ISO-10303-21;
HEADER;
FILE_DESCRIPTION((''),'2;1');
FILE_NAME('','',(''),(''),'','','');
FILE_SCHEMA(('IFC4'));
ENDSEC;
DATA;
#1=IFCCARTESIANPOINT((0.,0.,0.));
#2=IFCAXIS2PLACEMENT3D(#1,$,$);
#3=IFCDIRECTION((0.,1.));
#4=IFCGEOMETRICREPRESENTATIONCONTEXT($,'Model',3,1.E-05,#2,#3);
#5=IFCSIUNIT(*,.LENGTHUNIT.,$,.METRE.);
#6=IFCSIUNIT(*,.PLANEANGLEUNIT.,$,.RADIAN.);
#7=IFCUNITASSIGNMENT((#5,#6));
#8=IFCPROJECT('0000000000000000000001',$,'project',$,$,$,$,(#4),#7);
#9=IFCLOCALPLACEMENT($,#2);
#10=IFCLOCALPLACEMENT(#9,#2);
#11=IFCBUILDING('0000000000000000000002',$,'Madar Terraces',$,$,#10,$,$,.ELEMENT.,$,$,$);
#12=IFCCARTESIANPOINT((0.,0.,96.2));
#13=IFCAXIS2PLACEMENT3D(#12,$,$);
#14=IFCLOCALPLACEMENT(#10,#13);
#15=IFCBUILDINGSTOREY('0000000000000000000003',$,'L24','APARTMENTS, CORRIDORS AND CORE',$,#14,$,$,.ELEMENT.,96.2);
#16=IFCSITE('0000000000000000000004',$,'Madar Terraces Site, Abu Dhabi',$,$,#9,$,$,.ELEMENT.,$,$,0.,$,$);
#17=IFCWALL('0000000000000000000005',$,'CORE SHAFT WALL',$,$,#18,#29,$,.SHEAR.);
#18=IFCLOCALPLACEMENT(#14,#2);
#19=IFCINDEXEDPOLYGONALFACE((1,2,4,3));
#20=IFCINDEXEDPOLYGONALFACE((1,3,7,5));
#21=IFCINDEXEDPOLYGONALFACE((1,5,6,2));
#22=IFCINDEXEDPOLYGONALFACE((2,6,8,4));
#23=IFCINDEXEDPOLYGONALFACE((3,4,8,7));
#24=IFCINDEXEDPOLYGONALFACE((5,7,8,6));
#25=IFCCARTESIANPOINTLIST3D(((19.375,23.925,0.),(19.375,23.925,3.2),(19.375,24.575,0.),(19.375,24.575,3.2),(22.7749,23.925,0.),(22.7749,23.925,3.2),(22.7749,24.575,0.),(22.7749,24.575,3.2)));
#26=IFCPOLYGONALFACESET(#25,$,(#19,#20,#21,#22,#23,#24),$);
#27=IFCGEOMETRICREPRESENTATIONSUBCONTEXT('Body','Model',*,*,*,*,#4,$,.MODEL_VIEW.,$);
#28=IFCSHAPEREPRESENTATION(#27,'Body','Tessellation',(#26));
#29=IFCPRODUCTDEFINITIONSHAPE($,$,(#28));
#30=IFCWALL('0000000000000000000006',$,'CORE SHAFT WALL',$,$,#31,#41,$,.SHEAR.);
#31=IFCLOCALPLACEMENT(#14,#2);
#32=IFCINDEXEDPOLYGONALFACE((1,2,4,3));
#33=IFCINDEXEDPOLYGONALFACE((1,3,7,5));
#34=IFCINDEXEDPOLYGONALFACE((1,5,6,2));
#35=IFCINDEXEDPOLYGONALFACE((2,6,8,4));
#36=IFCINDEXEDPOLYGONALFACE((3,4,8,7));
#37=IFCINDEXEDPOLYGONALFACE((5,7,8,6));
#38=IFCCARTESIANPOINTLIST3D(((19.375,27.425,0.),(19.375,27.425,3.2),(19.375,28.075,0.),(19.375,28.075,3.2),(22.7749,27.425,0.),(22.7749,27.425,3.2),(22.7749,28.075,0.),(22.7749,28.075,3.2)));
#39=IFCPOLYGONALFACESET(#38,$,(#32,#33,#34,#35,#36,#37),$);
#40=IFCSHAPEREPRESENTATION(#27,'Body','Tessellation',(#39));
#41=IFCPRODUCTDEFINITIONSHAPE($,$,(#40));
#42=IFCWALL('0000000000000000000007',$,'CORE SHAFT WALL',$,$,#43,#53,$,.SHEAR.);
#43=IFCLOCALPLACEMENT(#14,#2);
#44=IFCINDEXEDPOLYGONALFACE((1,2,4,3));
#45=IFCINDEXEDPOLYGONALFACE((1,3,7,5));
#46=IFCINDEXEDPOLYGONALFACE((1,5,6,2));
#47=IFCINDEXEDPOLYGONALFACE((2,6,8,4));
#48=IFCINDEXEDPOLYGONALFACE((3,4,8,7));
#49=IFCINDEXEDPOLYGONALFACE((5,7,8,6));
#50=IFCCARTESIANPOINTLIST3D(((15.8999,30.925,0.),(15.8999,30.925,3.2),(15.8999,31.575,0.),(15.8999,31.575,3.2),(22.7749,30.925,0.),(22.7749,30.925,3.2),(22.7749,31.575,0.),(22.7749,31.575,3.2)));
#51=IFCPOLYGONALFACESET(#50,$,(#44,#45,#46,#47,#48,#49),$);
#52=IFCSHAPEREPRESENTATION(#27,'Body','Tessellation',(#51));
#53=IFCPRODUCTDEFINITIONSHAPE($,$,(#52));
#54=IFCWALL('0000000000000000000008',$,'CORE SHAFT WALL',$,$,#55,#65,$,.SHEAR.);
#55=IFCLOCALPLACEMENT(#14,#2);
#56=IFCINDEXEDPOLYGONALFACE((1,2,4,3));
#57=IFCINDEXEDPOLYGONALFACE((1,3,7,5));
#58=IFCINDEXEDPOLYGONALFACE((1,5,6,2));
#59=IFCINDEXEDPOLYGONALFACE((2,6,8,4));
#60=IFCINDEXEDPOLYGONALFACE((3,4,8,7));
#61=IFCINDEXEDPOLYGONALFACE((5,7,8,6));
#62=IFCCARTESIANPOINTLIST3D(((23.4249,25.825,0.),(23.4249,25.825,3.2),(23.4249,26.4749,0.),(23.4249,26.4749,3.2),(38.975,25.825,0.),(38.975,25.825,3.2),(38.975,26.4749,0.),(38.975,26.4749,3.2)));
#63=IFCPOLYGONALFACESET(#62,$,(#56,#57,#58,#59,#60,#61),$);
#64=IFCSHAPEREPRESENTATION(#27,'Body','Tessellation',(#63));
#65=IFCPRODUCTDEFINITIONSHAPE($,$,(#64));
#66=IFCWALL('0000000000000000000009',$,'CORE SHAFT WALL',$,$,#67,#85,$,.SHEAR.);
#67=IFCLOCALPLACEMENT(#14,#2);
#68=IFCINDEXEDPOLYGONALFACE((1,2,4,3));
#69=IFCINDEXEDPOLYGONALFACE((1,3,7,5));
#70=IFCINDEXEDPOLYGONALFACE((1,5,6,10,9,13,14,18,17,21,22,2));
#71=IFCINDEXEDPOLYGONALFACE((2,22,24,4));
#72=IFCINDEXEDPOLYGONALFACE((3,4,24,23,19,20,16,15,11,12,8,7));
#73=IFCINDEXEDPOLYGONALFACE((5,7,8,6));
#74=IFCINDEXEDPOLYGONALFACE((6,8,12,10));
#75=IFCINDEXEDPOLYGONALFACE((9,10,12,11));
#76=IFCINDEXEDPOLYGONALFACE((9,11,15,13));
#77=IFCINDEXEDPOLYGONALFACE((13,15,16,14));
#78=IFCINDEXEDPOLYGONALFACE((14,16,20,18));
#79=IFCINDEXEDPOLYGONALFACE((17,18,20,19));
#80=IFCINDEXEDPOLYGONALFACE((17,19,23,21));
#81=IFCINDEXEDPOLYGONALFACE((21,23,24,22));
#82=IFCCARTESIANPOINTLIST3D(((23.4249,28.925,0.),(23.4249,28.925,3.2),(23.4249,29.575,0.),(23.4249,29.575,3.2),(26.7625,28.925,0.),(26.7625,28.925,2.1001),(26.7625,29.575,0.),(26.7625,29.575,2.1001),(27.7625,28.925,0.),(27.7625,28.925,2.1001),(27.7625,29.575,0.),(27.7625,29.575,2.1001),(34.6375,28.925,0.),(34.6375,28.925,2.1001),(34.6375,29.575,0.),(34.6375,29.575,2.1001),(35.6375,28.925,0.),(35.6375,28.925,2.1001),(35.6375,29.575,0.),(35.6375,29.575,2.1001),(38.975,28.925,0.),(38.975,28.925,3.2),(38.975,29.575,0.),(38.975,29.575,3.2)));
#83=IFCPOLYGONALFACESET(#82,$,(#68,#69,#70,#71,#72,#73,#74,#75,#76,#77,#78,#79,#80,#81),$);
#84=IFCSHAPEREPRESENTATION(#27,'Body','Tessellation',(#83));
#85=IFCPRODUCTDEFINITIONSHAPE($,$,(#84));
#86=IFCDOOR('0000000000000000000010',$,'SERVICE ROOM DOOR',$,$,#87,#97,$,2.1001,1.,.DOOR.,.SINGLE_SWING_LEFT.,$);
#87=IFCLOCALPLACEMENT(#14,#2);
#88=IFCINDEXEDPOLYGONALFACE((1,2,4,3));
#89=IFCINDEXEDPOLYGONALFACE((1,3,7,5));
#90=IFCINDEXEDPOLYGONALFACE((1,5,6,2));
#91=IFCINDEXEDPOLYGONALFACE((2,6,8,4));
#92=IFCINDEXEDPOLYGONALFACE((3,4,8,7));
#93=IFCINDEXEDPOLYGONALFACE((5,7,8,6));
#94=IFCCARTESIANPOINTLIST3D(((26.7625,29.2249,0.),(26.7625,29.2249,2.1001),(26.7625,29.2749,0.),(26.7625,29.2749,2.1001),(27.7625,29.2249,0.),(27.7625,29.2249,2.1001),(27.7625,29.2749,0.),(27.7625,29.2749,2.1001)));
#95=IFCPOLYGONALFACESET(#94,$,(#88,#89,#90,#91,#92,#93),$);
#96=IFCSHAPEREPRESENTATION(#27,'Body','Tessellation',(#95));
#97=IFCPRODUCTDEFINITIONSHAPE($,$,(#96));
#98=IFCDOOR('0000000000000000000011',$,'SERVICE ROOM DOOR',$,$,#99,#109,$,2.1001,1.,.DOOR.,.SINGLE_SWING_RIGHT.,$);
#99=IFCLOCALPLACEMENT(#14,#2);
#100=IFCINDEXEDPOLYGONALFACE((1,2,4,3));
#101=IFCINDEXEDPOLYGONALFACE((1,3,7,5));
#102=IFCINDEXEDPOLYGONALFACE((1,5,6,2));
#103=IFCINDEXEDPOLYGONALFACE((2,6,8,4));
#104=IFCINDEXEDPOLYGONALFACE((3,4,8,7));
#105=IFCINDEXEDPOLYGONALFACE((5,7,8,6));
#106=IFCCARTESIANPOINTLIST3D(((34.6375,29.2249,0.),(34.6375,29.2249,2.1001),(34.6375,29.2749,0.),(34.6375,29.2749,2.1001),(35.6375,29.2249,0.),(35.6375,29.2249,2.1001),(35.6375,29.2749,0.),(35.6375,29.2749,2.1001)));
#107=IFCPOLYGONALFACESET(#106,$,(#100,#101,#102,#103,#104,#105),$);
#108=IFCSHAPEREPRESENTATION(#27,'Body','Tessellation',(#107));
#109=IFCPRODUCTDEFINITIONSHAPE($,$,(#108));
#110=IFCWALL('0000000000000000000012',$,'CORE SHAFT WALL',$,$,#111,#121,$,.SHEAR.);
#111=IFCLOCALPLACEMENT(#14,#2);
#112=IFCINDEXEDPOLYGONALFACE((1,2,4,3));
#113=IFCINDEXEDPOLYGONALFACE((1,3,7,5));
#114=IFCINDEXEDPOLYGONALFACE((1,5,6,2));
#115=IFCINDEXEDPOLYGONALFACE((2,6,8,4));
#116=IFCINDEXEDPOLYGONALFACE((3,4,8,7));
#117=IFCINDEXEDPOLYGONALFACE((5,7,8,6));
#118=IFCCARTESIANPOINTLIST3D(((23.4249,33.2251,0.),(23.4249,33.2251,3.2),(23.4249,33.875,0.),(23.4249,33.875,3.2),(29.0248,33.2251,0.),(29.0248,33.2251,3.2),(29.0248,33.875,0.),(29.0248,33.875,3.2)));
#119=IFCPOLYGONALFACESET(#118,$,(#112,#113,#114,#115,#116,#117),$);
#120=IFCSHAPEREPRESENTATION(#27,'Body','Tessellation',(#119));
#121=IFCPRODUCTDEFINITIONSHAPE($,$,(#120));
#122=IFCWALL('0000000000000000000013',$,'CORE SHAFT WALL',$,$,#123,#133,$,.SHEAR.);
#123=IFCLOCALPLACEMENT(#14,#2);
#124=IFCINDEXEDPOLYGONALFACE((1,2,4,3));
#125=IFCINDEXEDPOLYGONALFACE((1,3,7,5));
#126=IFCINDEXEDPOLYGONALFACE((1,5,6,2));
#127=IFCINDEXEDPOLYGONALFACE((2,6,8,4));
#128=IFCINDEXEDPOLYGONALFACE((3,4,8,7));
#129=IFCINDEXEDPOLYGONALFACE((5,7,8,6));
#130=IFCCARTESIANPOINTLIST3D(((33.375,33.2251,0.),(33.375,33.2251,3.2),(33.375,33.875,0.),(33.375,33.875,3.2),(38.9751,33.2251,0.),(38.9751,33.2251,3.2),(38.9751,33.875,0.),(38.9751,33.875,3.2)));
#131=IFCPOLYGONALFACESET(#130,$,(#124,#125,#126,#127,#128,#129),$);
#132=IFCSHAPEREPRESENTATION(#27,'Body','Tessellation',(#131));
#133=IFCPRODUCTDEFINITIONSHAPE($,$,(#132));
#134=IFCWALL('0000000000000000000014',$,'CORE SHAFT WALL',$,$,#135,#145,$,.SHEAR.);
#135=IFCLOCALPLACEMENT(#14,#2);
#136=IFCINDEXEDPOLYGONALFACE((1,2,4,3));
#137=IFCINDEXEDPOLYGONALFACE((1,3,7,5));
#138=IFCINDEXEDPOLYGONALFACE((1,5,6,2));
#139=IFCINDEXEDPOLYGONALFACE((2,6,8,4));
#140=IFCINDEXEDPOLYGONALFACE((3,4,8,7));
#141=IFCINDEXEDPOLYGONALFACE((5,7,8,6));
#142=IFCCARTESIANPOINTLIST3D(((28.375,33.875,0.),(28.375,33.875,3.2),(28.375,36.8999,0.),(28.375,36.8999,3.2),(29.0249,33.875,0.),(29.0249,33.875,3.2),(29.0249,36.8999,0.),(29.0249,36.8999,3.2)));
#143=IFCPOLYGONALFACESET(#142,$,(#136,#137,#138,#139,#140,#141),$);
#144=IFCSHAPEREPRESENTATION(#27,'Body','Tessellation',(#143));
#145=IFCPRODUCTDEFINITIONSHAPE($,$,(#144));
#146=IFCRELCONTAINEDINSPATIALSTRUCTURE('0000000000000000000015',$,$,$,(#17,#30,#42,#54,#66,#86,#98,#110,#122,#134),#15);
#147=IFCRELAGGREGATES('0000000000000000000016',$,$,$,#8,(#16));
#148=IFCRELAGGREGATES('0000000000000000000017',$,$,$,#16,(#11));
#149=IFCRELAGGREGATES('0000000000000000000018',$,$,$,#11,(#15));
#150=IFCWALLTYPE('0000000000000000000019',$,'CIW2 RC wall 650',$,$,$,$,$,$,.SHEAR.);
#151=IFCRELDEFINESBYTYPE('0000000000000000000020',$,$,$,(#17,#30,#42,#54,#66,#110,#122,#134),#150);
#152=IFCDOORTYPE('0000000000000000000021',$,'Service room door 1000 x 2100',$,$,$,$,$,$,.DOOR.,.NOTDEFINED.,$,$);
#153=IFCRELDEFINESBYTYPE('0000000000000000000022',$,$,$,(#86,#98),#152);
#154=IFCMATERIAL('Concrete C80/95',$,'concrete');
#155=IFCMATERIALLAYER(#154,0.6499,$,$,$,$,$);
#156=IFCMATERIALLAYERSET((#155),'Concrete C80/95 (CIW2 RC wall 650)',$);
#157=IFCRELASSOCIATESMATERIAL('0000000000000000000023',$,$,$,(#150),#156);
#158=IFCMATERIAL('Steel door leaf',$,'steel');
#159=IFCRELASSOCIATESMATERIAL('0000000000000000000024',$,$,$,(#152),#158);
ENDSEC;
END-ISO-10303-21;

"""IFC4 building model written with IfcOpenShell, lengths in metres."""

from ifc_helpers import new_model, si_unit, direction, frame, frame_2d, origin, place, context, subcontext, project, spatial, rectangle, extrude, material, layer, layer_set, type_object, element, fill, save


model = new_model("IFC4")

# Units and contexts
model_context = context("Model", 3, precision=1e-05, world=origin(), true_north=direction((0.0, 1.0)))
body_context = subcontext(model_context, "Body", "Model", "MODEL_VIEW")
ifc_project = project(units=[si_unit("LENGTHUNIT", "METRE"), si_unit("PLANEANGLEUNIT", "RADIAN")], contexts=[model_context])

# Site, building, storey
site_placement = place(None, origin())
site = spatial("IfcSite", under=ifc_project, at=site_placement, Name="Madar Terraces Site, Abu Dhabi", CompositionType="ELEMENT", RefElevation=0.0)
building_placement = place(site_placement, origin())
building = spatial("IfcBuilding", under=site, at=building_placement, Name="Madar Terraces", CompositionType="ELEMENT")
storey_placement = place(building_placement, frame((0.0, 0.0, 96.2)))
storey = spatial("IfcBuildingStorey", under=building, at=storey_placement, Name="L24", Description="APARTMENTS, CORRIDORS AND CORE", CompositionType="ELEMENT", Elevation=96.2)

# Walls
ifc_material_1 = material(Name="Concrete C80/95", Category="concrete")
ifc_layer_1 = layer(ifc_material_1, 0.6499)
ifc_layer_set_1 = layer_set([ifc_layer_1], Name="Concrete C80/95 (CIW2 RC wall 650)")
wall_type_1 = type_object("IfcWallType", Name="CIW2 RC wall 650", PredefinedType="SHEAR", material=ifc_layer_set_1)
for number, where, z_axis, x_axis, name in (
    (1, (19.375, 24.25, 0.0), (0.0, 0.0, 1.0), (1.0, 0.0, 0.0), "CORE SHAFT WALL"),
    (2, (19.375, 27.75, 0.0), (0.0, 0.0, 1.0), (1.0, 0.0, 0.0), "CORE SHAFT WALL"),
):
    element("IfcWall", number, at=place(storey_placement, frame(where, z_axis=z_axis, x_axis=x_axis)), inside=storey, type_object=wall_type_1, Name=name, PredefinedType="SHEAR", context=body_context, shape_type="SweptSolid", body=[
        extrude(rectangle(XDim=3.3999, YDim=0.6499, at=frame_2d((1.7, 0.0))), origin(), (0.0, 0.0, 1.0), 3.2),
    ])
wall_1_placement = place(storey_placement, frame((15.8999, 31.25, 0.0), z_axis=(0.0, 0.0, 1.0), x_axis=(1.0, 0.0, 0.0)))
element("IfcWall", 3, at=wall_1_placement, inside=storey, type_object=wall_type_1, Name="CORE SHAFT WALL", PredefinedType="SHEAR", context=body_context, shape_type="SweptSolid", body=[
    extrude(rectangle(XDim=6.875, YDim=0.6499, at=frame_2d((3.4375, 0.0))), origin(), (0.0, 0.0, 1.0), 3.2),
])
wall_2_placement = place(storey_placement, frame((23.425, 26.1499, 0.0), z_axis=(0.0, 0.0, 1.0), x_axis=(1.0, 0.0, 0.0)))
element("IfcWall", 4, at=wall_2_placement, inside=storey, type_object=wall_type_1, Name="CORE SHAFT WALL", PredefinedType="SHEAR", context=body_context, shape_type="SweptSolid", body=[
    extrude(rectangle(XDim=15.55, YDim=0.6499, at=frame_2d((7.7749, 0.0))), origin(), (0.0, 0.0, 1.0), 3.2),
])

# Wall, openings, doors
wall_3_placement = place(storey_placement, frame((23.425, 29.25, 0.0), z_axis=(0.0, 0.0, 1.0), x_axis=(1.0, 0.0, 0.0)))
wall_3 = element("IfcWall", 5, at=wall_3_placement, inside=storey, type_object=wall_type_1, Name="CORE SHAFT WALL", PredefinedType="SHEAR", context=body_context, shape_type="SweptSolid", body=[
    extrude(rectangle(XDim=15.55, YDim=0.6499, at=frame_2d((7.7749, 0.0))), origin(), (0.0, 0.0, 1.0), 3.2),
])
opening_1_placement = place(wall_3_placement, frame((3.3374, 0.0, 0.0)))
opening_1 = element("IfcOpeningElement", 6, at=opening_1_placement, cuts=wall_3, PredefinedType="OPENING", context=body_context, shape_type="SweptSolid", body=[
    extrude(rectangle(XDim=1.0, YDim=2.1001, at=frame_2d((0.5, 1.05))), frame((0.0, 0.335, 0.0), z_axis=(0.0, -1.0, 0.0), x_axis=(1.0, 0.0, 0.0)), (0.0, 0.0, 1.0), 0.6699),
])
opening_2_placement = place(wall_3_placement, frame((11.2124, 0.0, 0.0)))
opening_2 = element("IfcOpeningElement", 7, at=opening_2_placement, cuts=wall_3, PredefinedType="OPENING", context=body_context, shape_type="SweptSolid", body=[
    extrude(rectangle(XDim=1.0, YDim=2.1001, at=frame_2d((0.5, 1.05))), frame((0.0, 0.335, 0.0), z_axis=(0.0, -1.0, 0.0), x_axis=(1.0, 0.0, 0.0)), (0.0, 0.0, 1.0), 0.6699),
])
ifc_material_2 = material(Name="Steel door leaf", Category="steel")
door_type_1 = type_object("IfcDoorType", Name="Service room door 1000 x 2100", OperationType="NOTDEFINED", PredefinedType="DOOR", material=ifc_material_2)
door_1_placement = place(opening_1_placement, origin())
door_1 = element("IfcDoor", 8, at=door_1_placement, inside=storey, type_object=door_type_1, Name="SERVICE ROOM DOOR", OperationType="SINGLE_SWING_LEFT", OverallHeight=2.1001, OverallWidth=1.0, PredefinedType="DOOR", context=body_context, shape_type="SweptSolid", body=[
    extrude(rectangle(XDim=1.0, YDim=2.1001, at=frame_2d((0.5, 1.05))), frame((0.0, 0.0249, 0.0), z_axis=(0.0, -1.0, 0.0), x_axis=(1.0, 0.0, 0.0)), (0.0, 0.0, 1.0), 0.05),
])
fill(opening_1, door_1)
door_2_placement = place(opening_2_placement, origin())
door_2 = element("IfcDoor", 9, at=door_2_placement, inside=storey, type_object=door_type_1, Name="SERVICE ROOM DOOR", OperationType="SINGLE_SWING_RIGHT", OverallHeight=2.1001, OverallWidth=1.0, PredefinedType="DOOR", context=body_context, shape_type="SweptSolid", body=[
    extrude(rectangle(XDim=1.0, YDim=2.1001, at=frame_2d((0.5, 1.05))), frame((0.0, 0.0249, 0.0), z_axis=(0.0, -1.0, 0.0), x_axis=(1.0, 0.0, 0.0)), (0.0, 0.0, 1.0), 0.05),
])
fill(opening_2, door_2)

# Walls
wall_4_placement = place(storey_placement, frame((23.425, 33.55, 0.0), z_axis=(0.0, 0.0, 1.0), x_axis=(1.0, 0.0, 0.0)))
element("IfcWall", 10, at=wall_4_placement, inside=storey, type_object=wall_type_1, Name="CORE SHAFT WALL", PredefinedType="SHEAR", context=body_context, shape_type="SweptSolid", body=[
    extrude(rectangle(XDim=5.5999, YDim=0.6499, at=frame_2d((2.7998, 0.0))), origin(), (0.0, 0.0, 1.0), 3.2),
])
wall_5_placement = place(storey_placement, frame((33.375, 33.55, 0.0), z_axis=(0.0, 0.0, 1.0), x_axis=(1.0, 0.0, 0.0)))
element("IfcWall", 11, at=wall_5_placement, inside=storey, type_object=wall_type_1, Name="CORE SHAFT WALL", PredefinedType="SHEAR", context=body_context, shape_type="SweptSolid", body=[
    extrude(rectangle(XDim=5.6001, YDim=0.6499, at=frame_2d((2.8, 0.0))), origin(), (0.0, 0.0, 1.0), 3.2),
])
wall_6_placement = place(storey_placement, frame((28.7, 33.875, 0.0), z_axis=(0.0, 0.0, 1.0), x_axis=(0.0, 1.0, 0.0)))
element("IfcWall", 12, at=wall_6_placement, inside=storey, type_object=wall_type_1, Name="CORE SHAFT WALL", PredefinedType="SHEAR", context=body_context, shape_type="SweptSolid", body=[
    extrude(rectangle(XDim=3.0249, YDim=0.6499, at=frame_2d((1.5125, 0.0))), origin(), (0.0, 0.0, 1.0), 3.2),
])

save(model, "model.ifc")
